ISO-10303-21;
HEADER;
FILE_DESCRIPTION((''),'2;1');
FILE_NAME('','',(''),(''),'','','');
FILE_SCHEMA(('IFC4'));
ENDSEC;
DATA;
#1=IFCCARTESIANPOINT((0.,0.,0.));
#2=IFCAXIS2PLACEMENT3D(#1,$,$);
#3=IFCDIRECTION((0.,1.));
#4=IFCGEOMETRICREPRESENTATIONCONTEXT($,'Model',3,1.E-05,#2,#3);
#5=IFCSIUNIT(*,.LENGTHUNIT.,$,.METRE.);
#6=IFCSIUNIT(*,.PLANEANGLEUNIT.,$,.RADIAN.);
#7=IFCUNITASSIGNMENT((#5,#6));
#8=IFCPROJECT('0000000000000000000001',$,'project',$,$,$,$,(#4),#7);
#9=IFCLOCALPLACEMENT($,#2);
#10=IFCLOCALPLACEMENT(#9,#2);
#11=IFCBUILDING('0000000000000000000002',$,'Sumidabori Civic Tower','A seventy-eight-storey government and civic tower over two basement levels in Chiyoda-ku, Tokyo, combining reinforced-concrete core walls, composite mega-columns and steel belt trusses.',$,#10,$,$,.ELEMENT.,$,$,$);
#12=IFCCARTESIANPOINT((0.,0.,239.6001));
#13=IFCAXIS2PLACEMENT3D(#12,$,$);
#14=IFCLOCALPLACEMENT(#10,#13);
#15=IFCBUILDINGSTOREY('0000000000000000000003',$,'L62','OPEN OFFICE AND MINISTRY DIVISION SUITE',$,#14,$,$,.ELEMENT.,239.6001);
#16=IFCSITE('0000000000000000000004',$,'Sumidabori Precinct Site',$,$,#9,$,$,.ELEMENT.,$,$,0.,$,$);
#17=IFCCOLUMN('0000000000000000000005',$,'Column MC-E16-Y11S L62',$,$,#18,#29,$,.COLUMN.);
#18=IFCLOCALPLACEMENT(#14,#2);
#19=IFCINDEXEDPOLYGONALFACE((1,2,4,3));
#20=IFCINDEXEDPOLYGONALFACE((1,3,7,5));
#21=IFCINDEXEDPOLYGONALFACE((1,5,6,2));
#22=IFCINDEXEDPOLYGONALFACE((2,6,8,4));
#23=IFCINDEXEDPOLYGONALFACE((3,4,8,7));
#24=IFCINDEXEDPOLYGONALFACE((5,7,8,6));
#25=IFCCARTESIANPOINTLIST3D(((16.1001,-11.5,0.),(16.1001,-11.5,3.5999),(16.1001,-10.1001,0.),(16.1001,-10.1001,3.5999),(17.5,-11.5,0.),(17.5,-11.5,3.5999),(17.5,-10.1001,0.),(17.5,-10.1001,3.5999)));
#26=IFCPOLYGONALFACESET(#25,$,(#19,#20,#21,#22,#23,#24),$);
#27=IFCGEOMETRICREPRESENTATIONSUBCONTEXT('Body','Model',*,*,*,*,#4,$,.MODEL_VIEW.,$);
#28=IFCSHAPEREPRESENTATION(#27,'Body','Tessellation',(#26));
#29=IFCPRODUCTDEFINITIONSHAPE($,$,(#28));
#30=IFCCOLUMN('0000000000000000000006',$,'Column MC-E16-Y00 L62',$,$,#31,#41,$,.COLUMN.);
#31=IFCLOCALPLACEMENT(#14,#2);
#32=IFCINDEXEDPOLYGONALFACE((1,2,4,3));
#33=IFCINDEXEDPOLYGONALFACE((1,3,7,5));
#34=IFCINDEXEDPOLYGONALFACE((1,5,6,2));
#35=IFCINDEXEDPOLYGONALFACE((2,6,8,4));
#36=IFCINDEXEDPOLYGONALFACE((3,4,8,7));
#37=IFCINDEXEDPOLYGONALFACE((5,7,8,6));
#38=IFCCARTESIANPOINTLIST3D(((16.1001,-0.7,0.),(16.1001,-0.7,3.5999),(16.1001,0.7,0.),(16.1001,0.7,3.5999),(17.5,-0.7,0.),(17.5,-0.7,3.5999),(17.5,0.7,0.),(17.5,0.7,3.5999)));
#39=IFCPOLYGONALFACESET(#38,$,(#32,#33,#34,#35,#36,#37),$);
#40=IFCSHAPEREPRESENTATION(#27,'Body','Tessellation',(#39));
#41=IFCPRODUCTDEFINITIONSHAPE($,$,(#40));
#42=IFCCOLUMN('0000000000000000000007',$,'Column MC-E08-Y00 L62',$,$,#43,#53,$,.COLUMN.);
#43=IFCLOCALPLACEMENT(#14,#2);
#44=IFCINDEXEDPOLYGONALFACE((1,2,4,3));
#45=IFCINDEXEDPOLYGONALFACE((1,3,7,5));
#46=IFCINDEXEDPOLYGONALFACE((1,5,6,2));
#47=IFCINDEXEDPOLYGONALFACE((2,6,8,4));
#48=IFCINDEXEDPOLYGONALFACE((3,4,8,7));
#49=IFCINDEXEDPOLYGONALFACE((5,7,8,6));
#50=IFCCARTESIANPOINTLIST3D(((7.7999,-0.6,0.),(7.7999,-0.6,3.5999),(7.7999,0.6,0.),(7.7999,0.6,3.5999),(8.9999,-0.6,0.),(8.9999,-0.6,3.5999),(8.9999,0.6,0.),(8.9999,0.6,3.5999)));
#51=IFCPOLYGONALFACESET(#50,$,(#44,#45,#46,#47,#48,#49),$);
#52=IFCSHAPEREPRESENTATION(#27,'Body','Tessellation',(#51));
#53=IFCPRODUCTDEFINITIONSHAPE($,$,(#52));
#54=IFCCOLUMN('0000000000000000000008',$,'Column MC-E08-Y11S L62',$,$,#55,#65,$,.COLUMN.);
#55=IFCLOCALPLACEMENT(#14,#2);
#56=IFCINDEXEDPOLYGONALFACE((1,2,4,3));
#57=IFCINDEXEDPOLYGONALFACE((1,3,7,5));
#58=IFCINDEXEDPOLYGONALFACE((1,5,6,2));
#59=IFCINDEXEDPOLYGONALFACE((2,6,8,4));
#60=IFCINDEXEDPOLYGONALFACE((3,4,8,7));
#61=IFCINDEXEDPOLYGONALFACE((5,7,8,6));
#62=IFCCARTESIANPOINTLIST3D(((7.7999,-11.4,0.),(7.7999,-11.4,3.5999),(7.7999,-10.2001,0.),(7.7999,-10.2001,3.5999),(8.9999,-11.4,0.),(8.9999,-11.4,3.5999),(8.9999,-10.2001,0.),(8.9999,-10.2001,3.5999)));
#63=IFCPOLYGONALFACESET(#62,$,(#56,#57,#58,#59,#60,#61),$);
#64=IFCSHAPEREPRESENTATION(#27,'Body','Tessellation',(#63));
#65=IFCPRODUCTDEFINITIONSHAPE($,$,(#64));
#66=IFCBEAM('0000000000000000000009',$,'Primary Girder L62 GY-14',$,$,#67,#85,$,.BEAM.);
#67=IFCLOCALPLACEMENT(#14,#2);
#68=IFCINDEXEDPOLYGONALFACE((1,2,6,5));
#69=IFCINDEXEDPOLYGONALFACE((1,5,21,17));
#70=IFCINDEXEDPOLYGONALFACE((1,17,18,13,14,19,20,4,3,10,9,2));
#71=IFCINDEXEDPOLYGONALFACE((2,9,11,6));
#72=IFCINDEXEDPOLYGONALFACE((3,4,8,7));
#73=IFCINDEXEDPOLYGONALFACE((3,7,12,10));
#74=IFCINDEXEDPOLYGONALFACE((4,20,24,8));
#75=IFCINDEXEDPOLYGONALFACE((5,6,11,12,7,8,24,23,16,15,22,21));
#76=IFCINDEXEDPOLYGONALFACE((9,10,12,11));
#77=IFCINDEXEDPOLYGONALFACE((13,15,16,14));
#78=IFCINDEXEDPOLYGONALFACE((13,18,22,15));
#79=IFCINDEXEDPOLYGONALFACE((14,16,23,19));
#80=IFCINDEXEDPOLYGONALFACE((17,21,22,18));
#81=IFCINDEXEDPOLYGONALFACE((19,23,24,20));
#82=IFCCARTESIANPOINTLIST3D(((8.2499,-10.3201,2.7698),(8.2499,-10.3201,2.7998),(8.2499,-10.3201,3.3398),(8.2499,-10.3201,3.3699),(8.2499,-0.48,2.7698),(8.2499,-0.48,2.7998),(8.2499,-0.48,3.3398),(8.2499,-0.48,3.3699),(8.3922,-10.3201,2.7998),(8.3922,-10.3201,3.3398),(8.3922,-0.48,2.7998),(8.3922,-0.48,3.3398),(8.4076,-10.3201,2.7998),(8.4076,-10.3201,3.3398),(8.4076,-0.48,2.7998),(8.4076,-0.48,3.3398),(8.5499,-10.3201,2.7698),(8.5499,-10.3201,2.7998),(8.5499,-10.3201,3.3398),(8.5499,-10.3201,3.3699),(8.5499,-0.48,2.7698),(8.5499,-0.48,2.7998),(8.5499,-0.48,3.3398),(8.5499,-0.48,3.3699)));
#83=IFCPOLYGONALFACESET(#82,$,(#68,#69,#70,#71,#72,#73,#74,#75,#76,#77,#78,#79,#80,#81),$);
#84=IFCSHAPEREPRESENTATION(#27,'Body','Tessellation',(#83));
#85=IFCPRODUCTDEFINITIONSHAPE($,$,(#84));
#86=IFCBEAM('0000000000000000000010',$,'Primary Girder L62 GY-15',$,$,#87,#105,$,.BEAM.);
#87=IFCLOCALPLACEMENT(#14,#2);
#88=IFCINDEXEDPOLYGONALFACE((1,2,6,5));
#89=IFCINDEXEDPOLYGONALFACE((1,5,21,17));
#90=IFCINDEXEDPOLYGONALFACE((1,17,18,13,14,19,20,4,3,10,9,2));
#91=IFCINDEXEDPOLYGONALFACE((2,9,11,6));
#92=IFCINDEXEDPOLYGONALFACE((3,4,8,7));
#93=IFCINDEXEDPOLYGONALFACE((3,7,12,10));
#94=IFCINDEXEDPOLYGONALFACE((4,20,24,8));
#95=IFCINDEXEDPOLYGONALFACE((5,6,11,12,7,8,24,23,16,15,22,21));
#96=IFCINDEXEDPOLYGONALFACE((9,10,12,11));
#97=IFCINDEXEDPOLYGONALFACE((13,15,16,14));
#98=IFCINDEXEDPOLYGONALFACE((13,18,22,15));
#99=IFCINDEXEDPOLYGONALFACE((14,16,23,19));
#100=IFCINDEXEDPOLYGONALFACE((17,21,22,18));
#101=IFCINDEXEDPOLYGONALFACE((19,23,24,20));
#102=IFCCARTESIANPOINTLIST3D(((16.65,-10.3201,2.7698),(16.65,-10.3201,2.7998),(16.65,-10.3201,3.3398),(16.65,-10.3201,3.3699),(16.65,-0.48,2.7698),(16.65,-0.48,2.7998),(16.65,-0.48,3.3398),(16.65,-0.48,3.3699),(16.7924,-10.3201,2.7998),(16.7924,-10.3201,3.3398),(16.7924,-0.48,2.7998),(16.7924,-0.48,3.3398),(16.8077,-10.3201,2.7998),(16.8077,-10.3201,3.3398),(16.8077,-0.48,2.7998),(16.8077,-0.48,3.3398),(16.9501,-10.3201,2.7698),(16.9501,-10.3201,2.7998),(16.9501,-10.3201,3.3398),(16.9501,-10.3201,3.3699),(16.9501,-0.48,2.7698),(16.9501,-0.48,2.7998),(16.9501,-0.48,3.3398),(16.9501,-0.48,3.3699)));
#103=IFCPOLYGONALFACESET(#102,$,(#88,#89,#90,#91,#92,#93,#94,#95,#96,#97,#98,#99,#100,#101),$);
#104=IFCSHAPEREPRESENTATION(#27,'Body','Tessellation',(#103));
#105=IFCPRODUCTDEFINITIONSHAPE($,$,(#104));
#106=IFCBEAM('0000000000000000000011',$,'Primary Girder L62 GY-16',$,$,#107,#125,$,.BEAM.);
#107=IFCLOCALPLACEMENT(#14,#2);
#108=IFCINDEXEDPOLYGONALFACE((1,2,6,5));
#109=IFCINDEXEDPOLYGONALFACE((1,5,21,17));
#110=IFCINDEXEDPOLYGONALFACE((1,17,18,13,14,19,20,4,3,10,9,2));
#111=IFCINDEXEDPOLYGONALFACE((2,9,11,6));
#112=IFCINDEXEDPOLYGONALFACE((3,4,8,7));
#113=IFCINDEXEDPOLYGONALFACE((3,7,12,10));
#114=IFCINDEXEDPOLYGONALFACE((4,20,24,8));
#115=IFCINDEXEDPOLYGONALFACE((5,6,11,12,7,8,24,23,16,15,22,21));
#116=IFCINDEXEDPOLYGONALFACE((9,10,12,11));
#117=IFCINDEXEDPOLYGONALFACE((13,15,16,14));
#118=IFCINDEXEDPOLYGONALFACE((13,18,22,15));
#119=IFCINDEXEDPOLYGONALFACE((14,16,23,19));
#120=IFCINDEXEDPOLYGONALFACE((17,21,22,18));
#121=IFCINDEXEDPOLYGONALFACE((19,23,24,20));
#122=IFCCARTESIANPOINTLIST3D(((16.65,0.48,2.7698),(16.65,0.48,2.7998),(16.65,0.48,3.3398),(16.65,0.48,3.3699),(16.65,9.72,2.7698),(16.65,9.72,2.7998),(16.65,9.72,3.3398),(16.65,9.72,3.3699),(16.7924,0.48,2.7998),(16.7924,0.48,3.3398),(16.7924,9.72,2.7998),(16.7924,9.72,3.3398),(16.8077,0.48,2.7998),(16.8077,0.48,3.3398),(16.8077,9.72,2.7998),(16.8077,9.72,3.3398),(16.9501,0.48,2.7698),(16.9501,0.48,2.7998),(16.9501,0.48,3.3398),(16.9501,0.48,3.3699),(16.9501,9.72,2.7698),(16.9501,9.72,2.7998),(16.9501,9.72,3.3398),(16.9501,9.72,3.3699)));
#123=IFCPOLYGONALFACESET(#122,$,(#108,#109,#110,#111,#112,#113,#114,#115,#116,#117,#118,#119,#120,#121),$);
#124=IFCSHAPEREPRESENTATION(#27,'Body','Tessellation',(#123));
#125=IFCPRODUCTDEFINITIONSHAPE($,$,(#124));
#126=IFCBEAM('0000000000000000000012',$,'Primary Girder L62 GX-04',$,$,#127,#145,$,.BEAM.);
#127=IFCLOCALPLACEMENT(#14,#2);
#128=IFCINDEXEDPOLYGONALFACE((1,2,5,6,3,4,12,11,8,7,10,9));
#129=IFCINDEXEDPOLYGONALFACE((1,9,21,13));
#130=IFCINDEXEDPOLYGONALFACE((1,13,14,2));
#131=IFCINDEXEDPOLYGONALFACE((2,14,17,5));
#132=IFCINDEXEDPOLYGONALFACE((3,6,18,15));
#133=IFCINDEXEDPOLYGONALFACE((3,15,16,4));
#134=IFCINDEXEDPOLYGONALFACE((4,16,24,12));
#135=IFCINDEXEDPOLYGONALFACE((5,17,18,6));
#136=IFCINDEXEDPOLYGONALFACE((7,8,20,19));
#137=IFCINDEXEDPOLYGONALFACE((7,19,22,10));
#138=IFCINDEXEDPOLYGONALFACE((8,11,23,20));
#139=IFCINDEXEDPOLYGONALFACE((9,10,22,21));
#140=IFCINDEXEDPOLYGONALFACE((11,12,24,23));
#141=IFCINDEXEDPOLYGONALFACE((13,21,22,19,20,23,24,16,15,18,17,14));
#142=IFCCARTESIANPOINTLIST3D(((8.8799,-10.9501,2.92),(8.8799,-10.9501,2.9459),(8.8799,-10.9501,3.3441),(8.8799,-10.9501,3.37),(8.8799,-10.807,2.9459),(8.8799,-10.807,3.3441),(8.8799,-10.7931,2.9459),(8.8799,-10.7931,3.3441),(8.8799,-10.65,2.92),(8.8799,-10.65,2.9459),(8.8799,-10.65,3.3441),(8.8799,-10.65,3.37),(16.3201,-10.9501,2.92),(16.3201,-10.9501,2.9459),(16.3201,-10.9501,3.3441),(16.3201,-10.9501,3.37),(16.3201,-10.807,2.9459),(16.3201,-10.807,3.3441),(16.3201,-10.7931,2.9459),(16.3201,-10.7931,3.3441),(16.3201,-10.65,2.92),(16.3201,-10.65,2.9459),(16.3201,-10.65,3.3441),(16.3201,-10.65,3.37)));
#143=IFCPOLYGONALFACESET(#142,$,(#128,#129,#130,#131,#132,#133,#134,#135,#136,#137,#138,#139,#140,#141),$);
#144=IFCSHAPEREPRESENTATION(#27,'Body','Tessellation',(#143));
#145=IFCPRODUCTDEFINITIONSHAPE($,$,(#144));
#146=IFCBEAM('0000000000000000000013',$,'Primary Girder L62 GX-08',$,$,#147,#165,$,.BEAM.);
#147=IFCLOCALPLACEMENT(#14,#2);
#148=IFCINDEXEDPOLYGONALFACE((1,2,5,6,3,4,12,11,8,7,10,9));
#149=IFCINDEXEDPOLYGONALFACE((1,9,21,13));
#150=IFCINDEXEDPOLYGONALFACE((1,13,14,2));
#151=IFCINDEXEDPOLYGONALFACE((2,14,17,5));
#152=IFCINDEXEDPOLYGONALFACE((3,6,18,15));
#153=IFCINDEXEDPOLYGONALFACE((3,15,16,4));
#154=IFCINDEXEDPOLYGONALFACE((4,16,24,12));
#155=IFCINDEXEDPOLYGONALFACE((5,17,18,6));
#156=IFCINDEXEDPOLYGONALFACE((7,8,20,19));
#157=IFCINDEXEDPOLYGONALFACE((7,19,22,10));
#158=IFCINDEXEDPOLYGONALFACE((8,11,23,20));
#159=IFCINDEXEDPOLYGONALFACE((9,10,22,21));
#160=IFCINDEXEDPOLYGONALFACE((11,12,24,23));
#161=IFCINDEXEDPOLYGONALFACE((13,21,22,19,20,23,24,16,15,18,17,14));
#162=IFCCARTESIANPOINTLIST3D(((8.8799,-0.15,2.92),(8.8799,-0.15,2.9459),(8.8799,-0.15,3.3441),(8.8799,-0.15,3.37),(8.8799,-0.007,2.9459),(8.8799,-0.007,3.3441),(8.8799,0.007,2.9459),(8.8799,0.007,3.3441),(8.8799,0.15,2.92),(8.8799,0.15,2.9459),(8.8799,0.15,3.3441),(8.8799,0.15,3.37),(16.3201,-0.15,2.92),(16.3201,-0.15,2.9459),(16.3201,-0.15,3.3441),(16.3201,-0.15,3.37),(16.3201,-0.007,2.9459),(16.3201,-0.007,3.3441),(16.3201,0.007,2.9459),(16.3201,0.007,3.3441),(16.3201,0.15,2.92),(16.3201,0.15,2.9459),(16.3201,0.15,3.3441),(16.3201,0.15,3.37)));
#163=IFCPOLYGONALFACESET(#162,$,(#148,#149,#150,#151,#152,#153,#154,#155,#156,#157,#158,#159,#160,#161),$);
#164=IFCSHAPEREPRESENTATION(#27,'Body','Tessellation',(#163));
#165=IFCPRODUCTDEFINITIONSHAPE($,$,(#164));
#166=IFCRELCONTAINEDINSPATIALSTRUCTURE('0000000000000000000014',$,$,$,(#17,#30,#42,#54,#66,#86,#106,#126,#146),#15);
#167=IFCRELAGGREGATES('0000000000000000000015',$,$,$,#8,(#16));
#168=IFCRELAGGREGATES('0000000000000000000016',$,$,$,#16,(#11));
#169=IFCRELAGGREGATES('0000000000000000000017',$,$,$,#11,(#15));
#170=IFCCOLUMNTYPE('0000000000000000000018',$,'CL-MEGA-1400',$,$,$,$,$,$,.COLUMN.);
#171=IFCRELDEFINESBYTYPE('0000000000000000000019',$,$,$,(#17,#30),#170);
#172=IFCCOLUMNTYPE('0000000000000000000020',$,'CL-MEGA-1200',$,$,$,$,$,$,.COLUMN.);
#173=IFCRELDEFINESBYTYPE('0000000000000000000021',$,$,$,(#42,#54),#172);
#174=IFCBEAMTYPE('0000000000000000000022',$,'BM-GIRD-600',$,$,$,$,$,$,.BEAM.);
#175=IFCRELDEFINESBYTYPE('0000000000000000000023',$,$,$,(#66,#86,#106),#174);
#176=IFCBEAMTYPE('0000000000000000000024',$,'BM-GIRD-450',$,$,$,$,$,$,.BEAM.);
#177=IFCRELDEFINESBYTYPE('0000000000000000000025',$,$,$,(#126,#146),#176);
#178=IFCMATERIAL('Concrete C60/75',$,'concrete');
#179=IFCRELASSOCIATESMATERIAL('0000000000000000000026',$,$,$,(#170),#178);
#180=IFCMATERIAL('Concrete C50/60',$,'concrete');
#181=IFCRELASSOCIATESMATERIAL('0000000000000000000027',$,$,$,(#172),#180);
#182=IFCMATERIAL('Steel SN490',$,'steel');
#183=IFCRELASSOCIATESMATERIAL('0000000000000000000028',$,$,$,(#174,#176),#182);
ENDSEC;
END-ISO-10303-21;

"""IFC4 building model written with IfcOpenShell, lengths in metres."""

from ifc_helpers import new_model, si_unit, direction, frame, origin, origin_2d, place, context, subcontext, project, spatial, rectangle, i_section, extrude, source, transform, mapped, material, material_profile, profile_set, type_object, element, save


model = new_model("IFC4")

# Units and contexts
model_context = context("Model", 3, precision=1e-05, world=origin(), true_north=direction((0.0, 1.0)))
body_context = subcontext(model_context, "Body", "Model", "MODEL_VIEW")
ifc_project = project(units=[si_unit("LENGTHUNIT", "METRE"), si_unit("PLANEANGLEUNIT", "RADIAN")], contexts=[model_context])

# Site, building, storey
site_placement = place(None, origin())
site = spatial("IfcSite", under=ifc_project, at=site_placement, Name="Sumidabori Precinct Site", CompositionType="ELEMENT", RefElevation=0.0)
building_placement = place(site_placement, origin())
building = spatial("IfcBuilding", under=site, at=building_placement, Name="Sumidabori Civic Tower", Description="A seventy-eight-storey government and civic tower over two basement levels in Chiyoda-ku, Tokyo, combining reinforced-concrete core walls, composite mega-columns and steel belt trusses.", CompositionType="ELEMENT")
storey_placement = place(building_placement, frame((0.0, 0.0, 239.6001)))
storey = spatial("IfcBuildingStorey", under=building, at=storey_placement, Name="L62", Description="OPEN OFFICE AND MINISTRY DIVISION SUITE", CompositionType="ELEMENT", Elevation=239.6001)

# Columns
ifc_material_1 = material(Name="Concrete C60/75", Category="concrete")
ifc_material_profile_1 = material_profile(ifc_material_1, rectangle(XDim=1.3999, YDim=1.3999, at=origin_2d()), Name="RC 1400x1400")
ifc_profile_set_1 = profile_set([ifc_material_profile_1], Name="Concrete C60/75")
column_type_1 = type_object("IfcColumnType", Name="CL-MEGA-1400", PredefinedType="COLUMN", material=ifc_profile_set_1)
shared_shape_1 = source(origin(), body_context, "Body", "SweptSolid", [
    extrude(rectangle(XDim=1.3999, YDim=1.3999, at=origin_2d()), origin(), (0.0, 0.0, 1.0), 3.5999),
])
for number, where, z_axis, x_axis, name in (
    (1, (16.8, -10.8, 0.0), (0.0, 0.0, 1.0), (1.0, 0.0, 0.0), "Column MC-E16-Y11S L62"),
    (2, (16.8, 0.0, 0.0), (0.0, 0.0, 1.0), (1.0, 0.0, 0.0), "Column MC-E16-Y00 L62"),
):
    element("IfcColumn", number, at=place(storey_placement, frame(where, z_axis=z_axis, x_axis=x_axis)), inside=storey, type_object=column_type_1, Name=name, PredefinedType="COLUMN", context=body_context, shape_type="MappedRepresentation", body=[
        mapped(shared_shape_1, transform((0.0, 0.0, 0.0), x_axis=(1.0, 0.0, 0.0), y_axis=(0.0, 1.0, 0.0), z_axis=(0.0, 0.0, 1.0), scale=1.0)),
    ])
ifc_material_2 = material(Name="Concrete C50/60", Category="concrete")
ifc_material_profile_2 = material_profile(ifc_material_2, rectangle(XDim=1.2, YDim=1.2, at=origin_2d()), Name="RC 1200x1200")
ifc_profile_set_2 = profile_set([ifc_material_profile_2], Name="Concrete C50/60")
column_type_2 = type_object("IfcColumnType", Name="CL-MEGA-1200", PredefinedType="COLUMN", material=ifc_profile_set_2)
shared_shape_2 = source(origin(), body_context, "Body", "SweptSolid", [
    extrude(rectangle(XDim=1.2, YDim=1.2, at=origin_2d()), origin(), (0.0, 0.0, 1.0), 3.5999),
])
for number, where, z_axis, x_axis, name in (
    (3, (8.3999, 0.0, 0.0), (0.0, 0.0, 1.0), (1.0, 0.0, 0.0), "Column MC-E08-Y00 L62"),
    (4, (8.3999, -10.8, 0.0), (0.0, 0.0, 1.0), (1.0, 0.0, 0.0), "Column MC-E08-Y11S L62"),
):
    element("IfcColumn", number, at=place(storey_placement, frame(where, z_axis=z_axis, x_axis=x_axis)), inside=storey, type_object=column_type_2, Name=name, PredefinedType="COLUMN", context=body_context, shape_type="MappedRepresentation", body=[
        mapped(shared_shape_2, transform((0.0, 0.0, 0.0), x_axis=(1.0, 0.0, 0.0), y_axis=(0.0, 1.0, 0.0), z_axis=(0.0, 0.0, 1.0), scale=1.0)),
    ])

# Beams
ifc_material_3 = material(Name="Steel SN490", Category="steel")
ifc_material_profile_3 = material_profile(ifc_material_3, i_section(OverallWidth=0.3, OverallDepth=0.6001, WebThickness=0.0154, FlangeThickness=0.03, at=origin_2d()), Name="HE 600 B")
ifc_profile_set_3 = profile_set([ifc_material_profile_3], Name="Steel SN490")
beam_type_1 = type_object("IfcBeamType", Name="BM-GIRD-600", PredefinedType="BEAM", material=ifc_profile_set_3)
shared_shape_3 = source(origin(), body_context, "Body", "SweptSolid", [
    extrude(i_section(OverallWidth=0.3, OverallDepth=0.6001, WebThickness=0.0154, FlangeThickness=0.03, at=origin_2d()), origin(), (0.0, 0.0, 1.0), 9.8401),
])
for number, where, z_axis, x_axis, name in (
    (5, (8.3999, -10.3201, 3.0698), (0.0, 1.0, 0.0), (-1.0, 0.0, 0.0), "Primary Girder L62 GY-14"),
    (6, (16.8, -10.3201, 3.0698), (0.0, 1.0, 0.0), (-1.0, 0.0, 0.0), "Primary Girder L62 GY-15"),
):
    element("IfcBeam", number, at=place(storey_placement, frame(where, z_axis=z_axis, x_axis=x_axis)), inside=storey, type_object=beam_type_1, Name=name, PredefinedType="BEAM", context=body_context, shape_type="MappedRepresentation", body=[
        mapped(shared_shape_3, transform((0.0, 0.0, 0.0), x_axis=(1.0, 0.0, 0.0), y_axis=(0.0, 1.0, 0.0), z_axis=(0.0, 0.0, 1.0), scale=1.0)),
    ])
shared_shape_4 = source(origin(), body_context, "Body", "SweptSolid", [
    extrude(i_section(OverallWidth=0.3, OverallDepth=0.6001, WebThickness=0.0154, FlangeThickness=0.03, at=origin_2d()), origin(), (0.0, 0.0, 1.0), 9.24),
])
beam_1_placement = place(storey_placement, frame((16.8, 0.48, 3.0698), z_axis=(0.0, 1.0, 0.0), x_axis=(-1.0, 0.0, 0.0)))
element("IfcBeam", 7, at=beam_1_placement, inside=storey, type_object=beam_type_1, Name="Primary Girder L62 GY-16", PredefinedType="BEAM", context=body_context, shape_type="MappedRepresentation", body=[
    mapped(shared_shape_4, transform((0.0, 0.0, 0.0), x_axis=(1.0, 0.0, 0.0), y_axis=(0.0, 1.0, 0.0), z_axis=(0.0, 0.0, 1.0), scale=1.0)),
])
ifc_material_profile_4 = material_profile(ifc_material_3, i_section(OverallWidth=0.3, OverallDepth=0.45, WebThickness=0.0139, FlangeThickness=0.0259, at=origin_2d()), Name="HE 450 B")
ifc_profile_set_4 = profile_set([ifc_material_profile_4], Name="Steel SN490")
beam_type_2 = type_object("IfcBeamType", Name="BM-GIRD-450", PredefinedType="BEAM", material=ifc_profile_set_4)
shared_shape_5 = source(origin(), body_context, "Body", "SweptSolid", [
    extrude(i_section(OverallWidth=0.3, OverallDepth=0.45, WebThickness=0.0139, FlangeThickness=0.0259, at=origin_2d()), origin(), (0.0, 0.0, 1.0), 7.4402),
])
for number, where, z_axis, x_axis, name in (
    (8, (8.8799, -10.8, 3.145), (1.0, 0.0, 0.0), (0.0, 1.0, 0.0), "Primary Girder L62 GX-04"),
    (9, (8.8799, 0.0, 3.145), (1.0, 0.0, 0.0), (0.0, 1.0, 0.0), "Primary Girder L62 GX-08"),
):
    element("IfcBeam", number, at=place(storey_placement, frame(where, z_axis=z_axis, x_axis=x_axis)), inside=storey, type_object=beam_type_2, Name=name, PredefinedType="BEAM", context=body_context, shape_type="MappedRepresentation", body=[
        mapped(shared_shape_5, transform((0.0, 0.0, 0.0), x_axis=(1.0, 0.0, 0.0), y_axis=(0.0, 1.0, 0.0), z_axis=(0.0, 0.0, 1.0), scale=1.0)),
    ])

save(model, "model.ifc")
